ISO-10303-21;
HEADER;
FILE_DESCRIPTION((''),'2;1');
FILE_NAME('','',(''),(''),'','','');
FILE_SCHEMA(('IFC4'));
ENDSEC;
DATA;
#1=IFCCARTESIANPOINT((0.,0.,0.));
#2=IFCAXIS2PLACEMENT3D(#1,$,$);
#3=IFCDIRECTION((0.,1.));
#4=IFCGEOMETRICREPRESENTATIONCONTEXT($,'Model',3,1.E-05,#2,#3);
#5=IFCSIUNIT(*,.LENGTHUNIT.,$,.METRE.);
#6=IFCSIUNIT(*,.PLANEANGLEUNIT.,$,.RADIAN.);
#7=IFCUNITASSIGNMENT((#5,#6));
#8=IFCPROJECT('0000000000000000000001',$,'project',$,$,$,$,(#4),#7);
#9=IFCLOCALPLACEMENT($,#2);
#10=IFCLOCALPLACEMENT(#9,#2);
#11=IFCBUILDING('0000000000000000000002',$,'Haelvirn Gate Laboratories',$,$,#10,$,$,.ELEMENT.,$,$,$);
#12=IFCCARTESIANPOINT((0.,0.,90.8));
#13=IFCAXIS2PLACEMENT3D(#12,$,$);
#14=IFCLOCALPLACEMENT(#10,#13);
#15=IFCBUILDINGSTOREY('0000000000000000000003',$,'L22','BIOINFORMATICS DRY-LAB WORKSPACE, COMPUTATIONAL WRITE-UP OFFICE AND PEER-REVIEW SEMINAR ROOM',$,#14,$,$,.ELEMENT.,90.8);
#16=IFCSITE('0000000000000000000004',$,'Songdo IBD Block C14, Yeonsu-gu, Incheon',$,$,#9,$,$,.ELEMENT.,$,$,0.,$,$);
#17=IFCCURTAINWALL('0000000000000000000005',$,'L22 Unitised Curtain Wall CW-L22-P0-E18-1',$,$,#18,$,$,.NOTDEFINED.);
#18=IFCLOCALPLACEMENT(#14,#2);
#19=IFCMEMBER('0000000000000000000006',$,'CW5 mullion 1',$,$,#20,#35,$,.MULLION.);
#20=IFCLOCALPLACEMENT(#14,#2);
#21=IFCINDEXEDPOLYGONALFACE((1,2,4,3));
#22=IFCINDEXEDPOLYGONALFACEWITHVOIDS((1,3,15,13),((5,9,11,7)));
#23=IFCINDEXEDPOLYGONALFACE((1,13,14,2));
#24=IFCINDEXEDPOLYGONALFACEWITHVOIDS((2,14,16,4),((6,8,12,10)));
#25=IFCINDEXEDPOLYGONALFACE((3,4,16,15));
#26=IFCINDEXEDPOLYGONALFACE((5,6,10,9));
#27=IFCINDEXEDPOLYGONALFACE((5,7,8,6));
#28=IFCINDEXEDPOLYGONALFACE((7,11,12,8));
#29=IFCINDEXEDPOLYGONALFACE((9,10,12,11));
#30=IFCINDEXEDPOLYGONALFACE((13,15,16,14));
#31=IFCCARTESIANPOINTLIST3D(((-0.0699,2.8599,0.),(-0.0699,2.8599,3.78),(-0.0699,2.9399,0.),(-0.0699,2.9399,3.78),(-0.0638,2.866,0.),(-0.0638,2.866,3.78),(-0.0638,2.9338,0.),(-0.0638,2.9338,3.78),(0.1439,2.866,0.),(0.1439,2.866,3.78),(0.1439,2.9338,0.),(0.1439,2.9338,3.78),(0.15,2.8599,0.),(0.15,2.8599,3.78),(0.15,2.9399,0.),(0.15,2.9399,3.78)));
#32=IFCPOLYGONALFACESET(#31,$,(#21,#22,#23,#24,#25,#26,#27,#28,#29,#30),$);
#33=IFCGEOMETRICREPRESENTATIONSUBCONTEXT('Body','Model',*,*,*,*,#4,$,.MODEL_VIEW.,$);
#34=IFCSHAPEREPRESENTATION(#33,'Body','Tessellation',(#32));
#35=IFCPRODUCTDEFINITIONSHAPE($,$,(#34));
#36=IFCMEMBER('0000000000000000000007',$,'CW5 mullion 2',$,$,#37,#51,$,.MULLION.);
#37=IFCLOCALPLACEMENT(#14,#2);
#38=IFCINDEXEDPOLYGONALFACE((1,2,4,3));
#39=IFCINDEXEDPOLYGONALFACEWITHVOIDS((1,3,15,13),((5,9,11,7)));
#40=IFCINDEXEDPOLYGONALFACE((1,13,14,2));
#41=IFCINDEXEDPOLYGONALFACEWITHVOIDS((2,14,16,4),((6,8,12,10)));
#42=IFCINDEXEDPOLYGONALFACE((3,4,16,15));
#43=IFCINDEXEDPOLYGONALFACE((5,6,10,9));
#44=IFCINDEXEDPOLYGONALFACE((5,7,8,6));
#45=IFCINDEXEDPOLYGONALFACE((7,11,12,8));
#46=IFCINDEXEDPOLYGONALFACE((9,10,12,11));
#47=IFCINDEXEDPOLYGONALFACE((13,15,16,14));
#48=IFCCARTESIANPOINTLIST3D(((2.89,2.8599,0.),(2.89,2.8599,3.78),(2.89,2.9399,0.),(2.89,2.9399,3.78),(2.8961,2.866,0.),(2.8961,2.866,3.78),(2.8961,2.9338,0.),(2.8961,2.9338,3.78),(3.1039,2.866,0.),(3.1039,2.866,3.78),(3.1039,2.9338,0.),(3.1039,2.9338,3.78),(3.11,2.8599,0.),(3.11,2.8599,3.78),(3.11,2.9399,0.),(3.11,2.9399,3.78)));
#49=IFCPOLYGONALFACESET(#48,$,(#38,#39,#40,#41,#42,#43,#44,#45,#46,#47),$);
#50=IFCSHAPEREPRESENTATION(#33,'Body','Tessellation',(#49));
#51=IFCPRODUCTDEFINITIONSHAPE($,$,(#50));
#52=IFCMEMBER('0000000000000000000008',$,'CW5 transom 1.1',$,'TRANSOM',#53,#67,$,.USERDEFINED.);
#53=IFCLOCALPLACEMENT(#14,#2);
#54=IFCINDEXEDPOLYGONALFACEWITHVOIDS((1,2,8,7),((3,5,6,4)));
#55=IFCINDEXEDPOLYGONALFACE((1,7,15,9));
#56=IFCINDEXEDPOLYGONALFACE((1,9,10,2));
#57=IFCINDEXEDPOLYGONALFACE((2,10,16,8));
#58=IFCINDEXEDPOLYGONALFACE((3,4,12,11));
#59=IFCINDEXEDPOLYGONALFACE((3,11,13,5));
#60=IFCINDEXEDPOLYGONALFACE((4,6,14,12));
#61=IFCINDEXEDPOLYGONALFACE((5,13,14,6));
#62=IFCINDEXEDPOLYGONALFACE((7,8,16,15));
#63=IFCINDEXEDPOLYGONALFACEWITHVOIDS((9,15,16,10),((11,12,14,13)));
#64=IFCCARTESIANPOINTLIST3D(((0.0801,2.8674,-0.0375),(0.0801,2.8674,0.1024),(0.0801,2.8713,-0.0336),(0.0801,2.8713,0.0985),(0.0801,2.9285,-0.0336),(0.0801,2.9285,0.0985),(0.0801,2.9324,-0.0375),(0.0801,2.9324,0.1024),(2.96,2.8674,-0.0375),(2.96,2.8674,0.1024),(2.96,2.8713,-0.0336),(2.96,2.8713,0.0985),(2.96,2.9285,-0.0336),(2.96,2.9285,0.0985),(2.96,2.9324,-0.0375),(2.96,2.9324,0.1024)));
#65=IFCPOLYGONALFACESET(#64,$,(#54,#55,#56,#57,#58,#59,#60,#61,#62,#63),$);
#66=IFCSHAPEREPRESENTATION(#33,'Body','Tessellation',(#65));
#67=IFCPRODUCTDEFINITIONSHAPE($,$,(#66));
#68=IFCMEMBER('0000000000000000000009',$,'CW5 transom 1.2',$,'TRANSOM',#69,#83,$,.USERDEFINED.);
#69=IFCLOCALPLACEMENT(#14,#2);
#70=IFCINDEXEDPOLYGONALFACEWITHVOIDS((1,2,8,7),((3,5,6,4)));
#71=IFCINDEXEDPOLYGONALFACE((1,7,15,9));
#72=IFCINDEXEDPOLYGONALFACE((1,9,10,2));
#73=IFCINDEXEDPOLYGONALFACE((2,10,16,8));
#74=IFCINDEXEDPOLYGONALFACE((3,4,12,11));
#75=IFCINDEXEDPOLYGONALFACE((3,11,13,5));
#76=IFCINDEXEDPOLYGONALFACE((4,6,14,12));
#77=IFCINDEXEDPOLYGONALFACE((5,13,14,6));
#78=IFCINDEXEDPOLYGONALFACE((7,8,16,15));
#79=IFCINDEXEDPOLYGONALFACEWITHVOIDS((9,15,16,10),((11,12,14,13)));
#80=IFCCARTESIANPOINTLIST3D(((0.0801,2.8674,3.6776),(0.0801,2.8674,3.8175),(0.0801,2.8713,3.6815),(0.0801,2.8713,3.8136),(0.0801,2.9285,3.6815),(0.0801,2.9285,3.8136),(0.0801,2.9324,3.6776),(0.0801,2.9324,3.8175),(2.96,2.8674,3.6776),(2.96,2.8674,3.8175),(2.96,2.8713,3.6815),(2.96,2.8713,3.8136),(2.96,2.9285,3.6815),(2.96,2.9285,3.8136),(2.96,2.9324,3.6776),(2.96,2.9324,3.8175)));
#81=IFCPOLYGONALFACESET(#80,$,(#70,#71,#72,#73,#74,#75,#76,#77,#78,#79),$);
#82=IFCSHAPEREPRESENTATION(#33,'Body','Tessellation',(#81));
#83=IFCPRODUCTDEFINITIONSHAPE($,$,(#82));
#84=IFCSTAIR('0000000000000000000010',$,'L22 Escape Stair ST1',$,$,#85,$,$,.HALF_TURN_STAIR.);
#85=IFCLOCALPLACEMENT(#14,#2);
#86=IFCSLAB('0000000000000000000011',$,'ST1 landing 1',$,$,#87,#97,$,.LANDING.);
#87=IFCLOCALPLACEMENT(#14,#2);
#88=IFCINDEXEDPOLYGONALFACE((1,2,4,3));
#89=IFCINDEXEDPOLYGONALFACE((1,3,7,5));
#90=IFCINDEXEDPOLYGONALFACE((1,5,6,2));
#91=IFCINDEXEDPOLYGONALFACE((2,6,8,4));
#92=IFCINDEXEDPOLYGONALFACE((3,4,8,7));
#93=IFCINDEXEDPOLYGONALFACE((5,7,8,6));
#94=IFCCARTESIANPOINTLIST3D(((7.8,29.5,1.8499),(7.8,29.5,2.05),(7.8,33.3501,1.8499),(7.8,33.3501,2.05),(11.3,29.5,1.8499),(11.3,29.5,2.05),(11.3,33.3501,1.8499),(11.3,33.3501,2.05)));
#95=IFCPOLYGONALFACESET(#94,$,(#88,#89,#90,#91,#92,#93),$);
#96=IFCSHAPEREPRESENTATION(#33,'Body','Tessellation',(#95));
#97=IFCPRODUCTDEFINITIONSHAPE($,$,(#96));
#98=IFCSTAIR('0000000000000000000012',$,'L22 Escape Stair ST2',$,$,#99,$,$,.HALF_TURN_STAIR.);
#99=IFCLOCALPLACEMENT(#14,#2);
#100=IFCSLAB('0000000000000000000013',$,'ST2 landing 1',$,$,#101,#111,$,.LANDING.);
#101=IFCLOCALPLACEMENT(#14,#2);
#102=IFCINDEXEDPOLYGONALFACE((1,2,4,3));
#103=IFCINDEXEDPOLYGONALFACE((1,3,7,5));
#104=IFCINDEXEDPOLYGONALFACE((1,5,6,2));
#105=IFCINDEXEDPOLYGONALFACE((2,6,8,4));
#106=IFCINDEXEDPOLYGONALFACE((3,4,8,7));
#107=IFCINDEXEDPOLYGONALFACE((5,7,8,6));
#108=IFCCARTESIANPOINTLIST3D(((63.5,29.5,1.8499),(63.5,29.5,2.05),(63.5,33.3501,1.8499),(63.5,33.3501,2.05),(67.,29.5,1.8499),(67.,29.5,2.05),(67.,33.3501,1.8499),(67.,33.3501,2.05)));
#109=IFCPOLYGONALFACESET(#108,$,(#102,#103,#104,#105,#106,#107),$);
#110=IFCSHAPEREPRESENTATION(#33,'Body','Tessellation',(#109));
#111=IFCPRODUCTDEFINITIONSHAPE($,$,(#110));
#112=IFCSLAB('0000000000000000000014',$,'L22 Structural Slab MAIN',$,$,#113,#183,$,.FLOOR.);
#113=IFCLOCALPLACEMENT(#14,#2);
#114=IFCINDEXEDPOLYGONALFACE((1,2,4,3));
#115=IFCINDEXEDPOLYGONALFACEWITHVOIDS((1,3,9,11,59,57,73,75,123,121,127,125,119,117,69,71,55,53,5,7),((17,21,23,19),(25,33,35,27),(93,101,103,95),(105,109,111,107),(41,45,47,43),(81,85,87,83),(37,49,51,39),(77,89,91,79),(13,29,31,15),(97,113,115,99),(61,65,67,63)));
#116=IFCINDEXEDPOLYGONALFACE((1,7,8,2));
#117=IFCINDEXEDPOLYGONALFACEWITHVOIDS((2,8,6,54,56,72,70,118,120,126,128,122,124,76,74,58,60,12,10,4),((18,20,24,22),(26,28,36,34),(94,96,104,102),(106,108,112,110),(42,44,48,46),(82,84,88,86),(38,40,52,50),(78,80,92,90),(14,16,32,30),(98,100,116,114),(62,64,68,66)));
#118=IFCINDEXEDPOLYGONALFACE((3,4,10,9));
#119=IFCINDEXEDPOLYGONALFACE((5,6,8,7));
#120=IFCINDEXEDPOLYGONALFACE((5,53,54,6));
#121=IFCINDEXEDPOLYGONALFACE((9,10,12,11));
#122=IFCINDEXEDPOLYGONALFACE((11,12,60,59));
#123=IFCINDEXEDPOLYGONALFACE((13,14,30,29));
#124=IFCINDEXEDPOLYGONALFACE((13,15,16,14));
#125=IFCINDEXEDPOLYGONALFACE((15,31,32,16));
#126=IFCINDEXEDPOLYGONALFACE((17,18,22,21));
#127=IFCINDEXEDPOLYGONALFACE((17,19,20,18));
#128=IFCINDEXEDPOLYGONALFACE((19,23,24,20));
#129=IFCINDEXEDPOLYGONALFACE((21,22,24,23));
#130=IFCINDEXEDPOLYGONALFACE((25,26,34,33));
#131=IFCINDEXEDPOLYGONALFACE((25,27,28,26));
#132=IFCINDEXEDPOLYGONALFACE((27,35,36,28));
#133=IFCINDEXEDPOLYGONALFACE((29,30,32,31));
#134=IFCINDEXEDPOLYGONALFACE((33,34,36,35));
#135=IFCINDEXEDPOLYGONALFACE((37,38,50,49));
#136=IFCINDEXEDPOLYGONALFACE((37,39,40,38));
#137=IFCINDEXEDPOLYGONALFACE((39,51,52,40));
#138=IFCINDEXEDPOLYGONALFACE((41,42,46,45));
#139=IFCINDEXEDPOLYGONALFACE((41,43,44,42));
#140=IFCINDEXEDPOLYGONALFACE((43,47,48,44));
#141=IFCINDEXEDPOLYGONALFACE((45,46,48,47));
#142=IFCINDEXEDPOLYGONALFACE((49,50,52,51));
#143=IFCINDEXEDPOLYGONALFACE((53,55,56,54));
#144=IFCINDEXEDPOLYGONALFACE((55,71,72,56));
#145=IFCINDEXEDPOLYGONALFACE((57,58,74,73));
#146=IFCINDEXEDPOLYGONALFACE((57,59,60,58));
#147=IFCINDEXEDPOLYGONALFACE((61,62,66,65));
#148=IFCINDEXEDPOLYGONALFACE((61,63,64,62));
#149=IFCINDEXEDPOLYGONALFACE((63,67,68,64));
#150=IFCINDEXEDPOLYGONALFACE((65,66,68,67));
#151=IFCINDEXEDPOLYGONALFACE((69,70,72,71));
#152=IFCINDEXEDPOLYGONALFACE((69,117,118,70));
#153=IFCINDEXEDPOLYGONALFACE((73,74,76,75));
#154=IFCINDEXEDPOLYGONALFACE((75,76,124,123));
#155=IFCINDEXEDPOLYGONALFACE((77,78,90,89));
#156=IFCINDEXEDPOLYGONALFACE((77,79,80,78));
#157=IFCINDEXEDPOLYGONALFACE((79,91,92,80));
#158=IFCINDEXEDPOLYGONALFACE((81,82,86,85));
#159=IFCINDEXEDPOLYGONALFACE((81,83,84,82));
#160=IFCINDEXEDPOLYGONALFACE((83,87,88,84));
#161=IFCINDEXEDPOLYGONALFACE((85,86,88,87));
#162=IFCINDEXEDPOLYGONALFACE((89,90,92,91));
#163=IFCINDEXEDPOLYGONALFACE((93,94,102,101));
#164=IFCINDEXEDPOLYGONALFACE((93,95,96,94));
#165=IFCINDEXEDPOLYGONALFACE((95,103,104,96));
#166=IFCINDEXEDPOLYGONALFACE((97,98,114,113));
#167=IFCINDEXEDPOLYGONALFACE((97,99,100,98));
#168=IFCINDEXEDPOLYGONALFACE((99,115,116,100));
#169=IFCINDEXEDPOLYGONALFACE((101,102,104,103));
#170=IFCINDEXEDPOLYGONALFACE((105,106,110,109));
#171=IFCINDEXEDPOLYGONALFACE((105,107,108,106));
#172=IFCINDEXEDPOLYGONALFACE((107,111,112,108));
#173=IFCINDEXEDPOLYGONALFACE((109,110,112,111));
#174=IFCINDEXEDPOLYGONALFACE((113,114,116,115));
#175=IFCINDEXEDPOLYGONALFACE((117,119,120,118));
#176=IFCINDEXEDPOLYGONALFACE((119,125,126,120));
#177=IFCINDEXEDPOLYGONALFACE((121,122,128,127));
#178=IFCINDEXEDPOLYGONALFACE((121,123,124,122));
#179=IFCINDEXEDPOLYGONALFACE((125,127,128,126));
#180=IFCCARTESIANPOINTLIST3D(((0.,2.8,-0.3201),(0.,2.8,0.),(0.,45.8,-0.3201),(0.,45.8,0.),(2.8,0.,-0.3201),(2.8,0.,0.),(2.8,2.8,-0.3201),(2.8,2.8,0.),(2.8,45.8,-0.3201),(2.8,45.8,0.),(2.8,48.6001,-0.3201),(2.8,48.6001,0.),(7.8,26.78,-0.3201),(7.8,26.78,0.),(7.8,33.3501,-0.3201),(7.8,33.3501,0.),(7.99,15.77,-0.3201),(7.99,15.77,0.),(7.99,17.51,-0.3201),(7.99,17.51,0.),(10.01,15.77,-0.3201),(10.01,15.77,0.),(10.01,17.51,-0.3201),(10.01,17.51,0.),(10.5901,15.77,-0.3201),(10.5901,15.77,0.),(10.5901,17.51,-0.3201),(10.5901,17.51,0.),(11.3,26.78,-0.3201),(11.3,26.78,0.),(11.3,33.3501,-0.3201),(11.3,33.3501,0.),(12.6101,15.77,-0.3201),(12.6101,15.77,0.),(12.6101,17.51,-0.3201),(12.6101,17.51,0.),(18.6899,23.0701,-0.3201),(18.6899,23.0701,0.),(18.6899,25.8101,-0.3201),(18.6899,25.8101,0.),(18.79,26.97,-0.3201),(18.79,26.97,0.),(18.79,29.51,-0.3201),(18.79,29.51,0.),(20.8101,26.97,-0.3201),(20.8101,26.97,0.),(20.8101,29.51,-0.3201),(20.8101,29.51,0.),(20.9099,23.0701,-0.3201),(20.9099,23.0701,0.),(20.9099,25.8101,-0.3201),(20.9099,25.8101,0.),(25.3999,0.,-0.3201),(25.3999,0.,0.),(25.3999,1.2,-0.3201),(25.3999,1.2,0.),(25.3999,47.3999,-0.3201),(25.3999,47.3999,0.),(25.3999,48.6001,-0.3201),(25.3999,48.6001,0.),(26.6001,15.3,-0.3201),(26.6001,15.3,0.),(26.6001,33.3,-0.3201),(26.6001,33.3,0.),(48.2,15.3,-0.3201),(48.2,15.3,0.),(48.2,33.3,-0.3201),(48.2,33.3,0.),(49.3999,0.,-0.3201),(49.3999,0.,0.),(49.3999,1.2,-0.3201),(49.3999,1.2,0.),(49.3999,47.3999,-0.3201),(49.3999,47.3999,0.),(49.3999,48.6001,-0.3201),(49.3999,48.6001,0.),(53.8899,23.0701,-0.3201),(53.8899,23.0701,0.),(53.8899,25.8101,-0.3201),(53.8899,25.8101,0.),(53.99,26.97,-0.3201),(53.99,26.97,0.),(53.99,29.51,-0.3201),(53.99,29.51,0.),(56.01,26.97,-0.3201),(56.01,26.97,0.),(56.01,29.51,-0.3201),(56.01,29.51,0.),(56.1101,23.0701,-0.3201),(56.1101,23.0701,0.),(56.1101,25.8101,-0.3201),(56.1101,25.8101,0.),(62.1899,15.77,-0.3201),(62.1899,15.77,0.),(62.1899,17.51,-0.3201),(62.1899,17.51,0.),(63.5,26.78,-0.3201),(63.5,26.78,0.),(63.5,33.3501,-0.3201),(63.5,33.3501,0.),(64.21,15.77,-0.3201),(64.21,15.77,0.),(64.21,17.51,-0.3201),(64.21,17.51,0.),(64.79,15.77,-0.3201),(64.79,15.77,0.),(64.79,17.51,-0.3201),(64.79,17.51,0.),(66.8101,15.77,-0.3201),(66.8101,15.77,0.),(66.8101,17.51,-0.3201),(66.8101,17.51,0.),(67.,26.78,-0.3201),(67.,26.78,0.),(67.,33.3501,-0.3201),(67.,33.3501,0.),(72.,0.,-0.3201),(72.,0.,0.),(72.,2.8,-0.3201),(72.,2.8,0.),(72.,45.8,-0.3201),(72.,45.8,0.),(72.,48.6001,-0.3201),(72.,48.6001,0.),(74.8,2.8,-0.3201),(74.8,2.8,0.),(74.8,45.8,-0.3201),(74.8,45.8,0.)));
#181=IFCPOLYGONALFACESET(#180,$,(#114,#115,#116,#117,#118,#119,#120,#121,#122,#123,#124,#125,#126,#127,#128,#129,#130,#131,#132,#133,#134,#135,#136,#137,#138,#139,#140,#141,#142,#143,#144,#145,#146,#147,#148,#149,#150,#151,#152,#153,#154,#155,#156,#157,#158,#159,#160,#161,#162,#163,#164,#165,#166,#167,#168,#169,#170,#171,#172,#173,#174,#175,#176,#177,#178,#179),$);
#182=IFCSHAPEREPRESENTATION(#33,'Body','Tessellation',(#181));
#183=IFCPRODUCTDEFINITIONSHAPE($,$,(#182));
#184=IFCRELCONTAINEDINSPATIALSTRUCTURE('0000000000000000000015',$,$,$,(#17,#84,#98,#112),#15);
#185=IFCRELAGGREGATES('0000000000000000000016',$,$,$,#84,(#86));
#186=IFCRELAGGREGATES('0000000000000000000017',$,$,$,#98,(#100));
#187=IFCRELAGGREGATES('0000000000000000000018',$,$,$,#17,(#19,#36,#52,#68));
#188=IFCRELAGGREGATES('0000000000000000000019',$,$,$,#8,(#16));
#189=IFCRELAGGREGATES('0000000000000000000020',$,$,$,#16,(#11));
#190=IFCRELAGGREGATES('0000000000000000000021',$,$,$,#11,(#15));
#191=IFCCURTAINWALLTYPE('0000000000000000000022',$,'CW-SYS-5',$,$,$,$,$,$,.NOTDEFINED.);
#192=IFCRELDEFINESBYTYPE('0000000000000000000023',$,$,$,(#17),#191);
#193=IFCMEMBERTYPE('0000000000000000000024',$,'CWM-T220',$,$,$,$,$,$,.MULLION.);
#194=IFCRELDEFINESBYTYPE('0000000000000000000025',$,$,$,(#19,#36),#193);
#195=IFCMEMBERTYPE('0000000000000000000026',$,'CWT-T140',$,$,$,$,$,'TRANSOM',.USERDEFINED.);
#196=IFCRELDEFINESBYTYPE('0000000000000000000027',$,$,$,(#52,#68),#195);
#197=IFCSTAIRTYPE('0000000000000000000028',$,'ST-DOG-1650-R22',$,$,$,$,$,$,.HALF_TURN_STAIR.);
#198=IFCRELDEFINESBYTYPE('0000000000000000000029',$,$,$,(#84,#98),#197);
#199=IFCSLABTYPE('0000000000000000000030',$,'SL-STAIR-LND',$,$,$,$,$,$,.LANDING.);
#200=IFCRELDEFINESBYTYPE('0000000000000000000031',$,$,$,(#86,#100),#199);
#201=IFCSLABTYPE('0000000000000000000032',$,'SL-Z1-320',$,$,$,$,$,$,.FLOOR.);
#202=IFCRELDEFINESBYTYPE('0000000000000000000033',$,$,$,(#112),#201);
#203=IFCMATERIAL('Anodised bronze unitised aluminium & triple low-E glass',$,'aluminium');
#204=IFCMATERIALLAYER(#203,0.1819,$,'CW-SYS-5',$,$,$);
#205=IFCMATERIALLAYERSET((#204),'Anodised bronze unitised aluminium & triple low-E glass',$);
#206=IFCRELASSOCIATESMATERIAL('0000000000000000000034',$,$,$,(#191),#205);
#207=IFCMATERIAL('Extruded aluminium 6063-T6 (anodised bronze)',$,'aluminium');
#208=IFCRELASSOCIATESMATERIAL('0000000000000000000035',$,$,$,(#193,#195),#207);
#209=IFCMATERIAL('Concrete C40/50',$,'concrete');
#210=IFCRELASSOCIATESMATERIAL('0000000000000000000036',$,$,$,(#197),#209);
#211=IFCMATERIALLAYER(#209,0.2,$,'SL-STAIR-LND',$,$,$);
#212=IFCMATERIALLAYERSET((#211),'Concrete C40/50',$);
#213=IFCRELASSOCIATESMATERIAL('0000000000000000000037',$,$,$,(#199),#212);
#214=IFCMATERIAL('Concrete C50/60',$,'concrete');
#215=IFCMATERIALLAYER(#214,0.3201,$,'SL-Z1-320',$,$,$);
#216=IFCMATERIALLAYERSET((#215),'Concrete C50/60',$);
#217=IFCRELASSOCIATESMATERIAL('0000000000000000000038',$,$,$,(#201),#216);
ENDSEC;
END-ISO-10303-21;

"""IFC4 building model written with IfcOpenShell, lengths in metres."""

from ifc_helpers import new_model, si_unit, direction, frame, origin, origin_2d, place, context, subcontext, project, spatial, polyline, hollow_rectangle, outline, extrude, source, transform, mapped, material, layer, layer_set, material_profile, profile_set, type_object, type_shapes, element, aggregate, save


model = new_model("IFC4")

# Units and contexts
model_context = context("Model", 3, precision=1e-05, world=origin(), true_north=direction((0.0, 1.0)))
body_context = subcontext(model_context, "Body", "Model", "MODEL_VIEW")
ifc_project = project(units=[si_unit("LENGTHUNIT", "METRE"), si_unit("PLANEANGLEUNIT", "RADIAN")], contexts=[model_context])

# Site, building, storey
site_placement = place(None, origin())
site = spatial("IfcSite", under=ifc_project, at=site_placement, Name="Songdo IBD Block C14, Yeonsu-gu, Incheon", CompositionType="ELEMENT", RefElevation=0.0)
building_placement = place(site_placement, origin())
building = spatial("IfcBuilding", under=site, at=building_placement, Name="Haelvirn Gate Laboratories", CompositionType="ELEMENT")
storey_placement = place(building_placement, frame((0.0, 0.0, 90.8)))
storey = spatial("IfcBuildingStorey", under=building, at=storey_placement, Name="L22", Description="BIOINFORMATICS DRY-LAB WORKSPACE, COMPUTATIONAL WRITE-UP OFFICE AND PEER-REVIEW SEMINAR ROOM", CompositionType="ELEMENT", Elevation=90.8)

# Shared definitions
ifc_material_1 = material(Name="Anodised bronze unitised aluminium & triple low-E glass", Category="aluminium")
ifc_material_2 = material(Name="Extruded aluminium 6063-T6 (anodised bronze)", Category="aluminium")

# Curtain wall, members
ifc_layer_1 = layer(ifc_material_1, 0.1819, Name="CW-SYS-5")
ifc_layer_set_1 = layer_set([ifc_layer_1], Name="Anodised bronze unitised aluminium & triple low-E glass")
curtain_wall_type_1 = type_object("IfcCurtainWallType", Name="CW-SYS-5", PredefinedType="NOTDEFINED", material=ifc_layer_set_1)
curtain_wall_1_placement = place(storey_placement, origin())
curtain_wall_1 = element("IfcCurtainWall", 1, at=curtain_wall_1_placement, inside=storey, type_object=curtain_wall_type_1, Name="L22 Unitised Curtain Wall CW-L22-P0-E18-1", PredefinedType="NOTDEFINED")
ifc_material_profile_1 = material_profile(ifc_material_2, hollow_rectangle(XDim=0.0801, YDim=0.22, WallThickness=0.0061, at=origin_2d()), Name="CWM-220x80x6")
ifc_profile_set_1 = profile_set([ifc_material_profile_1], Name="Extruded aluminium 6063-T6 (anodised bronze)")
member_type_1 = type_object("IfcMemberType", Name="CWM-T220", PredefinedType="MULLION", material=ifc_profile_set_1)
shared_shape_1 = source(origin(), body_context, "Body", "SweptSolid", [
    extrude(hollow_rectangle(XDim=0.0801, YDim=0.22, WallThickness=0.0061, at=origin_2d()), origin(), (0.0, 0.0, 1.0), 3.78),
])
type_shapes(member_type_1, [shared_shape_1])
member_1_placement = place(storey_placement, frame((0.04, 2.8999, 0.0), z_axis=(0.0, 0.0, 1.0), x_axis=(0.0, 1.0, 0.0)))
member_1 = element("IfcMember", 2, at=member_1_placement, type_object=member_type_1, Name="CW5 mullion 1", PredefinedType="MULLION", context=body_context, shape_type="MappedRepresentation", body=[
    mapped(shared_shape_1, transform((0.0, 0.0, 0.0), scale=1.0)),
])
member_2_placement = place(storey_placement, frame((3.0, 2.8999, 0.0), z_axis=(0.0, 0.0, 1.0), x_axis=(0.0, 1.0, 0.0)))
member_2 = element("IfcMember", 3, at=member_2_placement, type_object=member_type_1, Name="CW5 mullion 2", PredefinedType="MULLION", context=body_context, shape_type="MappedRepresentation", body=[
    mapped(shared_shape_1, transform((0.0, 0.0, 0.0), scale=1.0)),
])
ifc_material_profile_2 = material_profile(ifc_material_2, hollow_rectangle(XDim=0.0649, YDim=0.1399, WallThickness=0.0039, at=origin_2d()), Name="CWT-140x65x4")
ifc_profile_set_2 = profile_set([ifc_material_profile_2], Name="Extruded aluminium 6063-T6 (anodised bronze)")
member_type_2 = type_object("IfcMemberType", Name="CWT-T140", ElementType="TRANSOM", PredefinedType="USERDEFINED", material=ifc_profile_set_2)
shared_shape_2 = source(origin(), body_context, "Body", "SweptSolid", [
    extrude(hollow_rectangle(XDim=0.0649, YDim=0.1399, WallThickness=0.0039, at=origin_2d()), origin(), (0.0, 0.0, 1.0), 2.8799),
])
type_shapes(member_type_2, [shared_shape_2])
member_3_placement = place(storey_placement, frame((0.0801, 2.8999, 0.0325), z_axis=(1.0, 0.0, 0.0), x_axis=(0.0, 1.0, 0.0)))
member_3 = element("IfcMember", 4, at=member_3_placement, type_object=member_type_2, Name="CW5 transom 1.1", ObjectType="TRANSOM", PredefinedType="USERDEFINED", context=body_context, shape_type="MappedRepresentation", body=[
    mapped(shared_shape_2, transform((0.0, 0.0, 0.0), scale=1.0)),
])
member_4_placement = place(storey_placement, frame((0.0801, 2.8999, 3.7476), z_axis=(1.0, 0.0, 0.0), x_axis=(0.0, 1.0, 0.0)))
member_4 = element("IfcMember", 5, at=member_4_placement, type_object=member_type_2, Name="CW5 transom 1.2", ObjectType="TRANSOM", PredefinedType="USERDEFINED", context=body_context, shape_type="MappedRepresentation", body=[
    mapped(shared_shape_2, transform((0.0, 0.0, 0.0), scale=1.0)),
])

# Stairs, slabs
ifc_material_3 = material(Name="Concrete C40/50", Category="concrete")
stair_type = type_object("IfcStairType", Name="ST-DOG-1650-R22", PredefinedType="HALF_TURN_STAIR", material=ifc_material_3)
stair_1_placement = place(storey_placement, origin())
stair_1 = element("IfcStair", 6, at=stair_1_placement, inside=storey, type_object=stair_type, Name="L22 Escape Stair ST1", PredefinedType="HALF_TURN_STAIR")
ifc_layer_2 = layer(ifc_material_3, 0.2, Name="SL-STAIR-LND")
ifc_layer_set_2 = layer_set([ifc_layer_2], Name="Concrete C40/50")
slab_type_1 = type_object("IfcSlabType", Name="SL-STAIR-LND", PredefinedType="LANDING", material=ifc_layer_set_2)
slab_1_placement = place(storey_placement, frame((0.0, 0.0, 1.8499)))
slab_1 = element("IfcSlab", 7, at=slab_1_placement, type_object=slab_type_1, Name="ST1 landing 1", PredefinedType="LANDING", context=body_context, shape_type="SweptSolid", body=[
    extrude(outline(polyline([(11.3, 29.5), (11.3, 33.3501), (7.8, 33.3501), (7.8, 29.5), (11.3, 29.5)])), origin(), (0.0, 0.0, 1.0), 0.2002),
])
aggregate(stair_1, [slab_1])
stair_2_placement = place(storey_placement, origin())
stair_2 = element("IfcStair", 8, at=stair_2_placement, inside=storey, type_object=stair_type, Name="L22 Escape Stair ST2", PredefinedType="HALF_TURN_STAIR")
slab_2_placement = place(storey_placement, frame((0.0, 0.0, 1.8499)))
slab_2 = element("IfcSlab", 9, at=slab_2_placement, type_object=slab_type_1, Name="ST2 landing 1", PredefinedType="LANDING", context=body_context, shape_type="SweptSolid", body=[
    extrude(outline(polyline([(67.0, 29.5), (67.0, 33.3501), (63.5, 33.3501), (63.5, 29.5), (67.0, 29.5)])), origin(), (0.0, 0.0, 1.0), 0.2002),
])
aggregate(stair_2, [slab_2])

# Slab
ifc_material_4 = material(Name="Concrete C50/60", Category="concrete")
ifc_layer_3 = layer(ifc_material_4, 0.3201, Name="SL-Z1-320")
ifc_layer_set_3 = layer_set([ifc_layer_3], Name="Concrete C50/60")
slab_type_2 = type_object("IfcSlabType", Name="SL-Z1-320", PredefinedType="FLOOR", material=ifc_layer_set_3)
slab_3_placement = place(storey_placement, frame((0.0, 0.0, -0.3201)))
element("IfcSlab", 10, at=slab_3_placement, inside=storey, type_object=slab_type_2, Name="L22 Structural Slab MAIN", PredefinedType="FLOOR", context=body_context, shape_type="SweptSolid", body=[
    extrude(outline(polyline([(2.8, 0.0), (25.3999, 0.0), (25.3999, 1.2), (49.3999, 1.2), (49.3999, 0.0), (72.0, 0.0), (72.0, 2.8), (74.8, 2.8), (74.8, 45.8), (72.0, 45.8), (72.0, 48.6001), (49.3999, 48.6001), (49.3999, 47.3999), (25.3999, 47.3999), (25.3999, 48.6001), (2.8, 48.6001), (2.8, 45.8), (0.0, 45.8), (0.0, 2.8), (2.8, 2.8), (2.8, 0.0)]), holes=[polyline([(26.6001, 15.3), (48.2, 15.3), (48.2, 33.3), (26.6001, 33.3), (26.6001, 15.3)]), polyline([(11.3, 26.78), (11.3, 33.3501), (7.8, 33.3501), (7.8, 26.78), (11.3, 26.78)]), polyline([(67.0, 26.78), (67.0, 33.3501), (63.5, 33.3501), (63.5, 26.78), (67.0, 26.78)]), polyline([(7.99, 15.77), (10.01, 15.77), (10.01, 17.51), (7.99, 17.51), (7.99, 15.77)]), polyline([(10.5901, 15.77), (12.6101, 15.77), (12.6101, 17.51), (10.5901, 17.51), (10.5901, 15.77)]), polyline([(18.79, 26.97), (20.8101, 26.97), (20.8101, 29.51), (18.79, 29.51), (18.79, 26.97)]), polyline([(18.6899, 23.0701), (20.9099, 23.0701), (20.9099, 25.8101), (18.6899, 25.8101), (18.6899, 23.0701)]), polyline([(64.79, 15.77), (66.8101, 15.77), (66.8101, 17.51), (64.79, 17.51), (64.79, 15.77)]), polyline([(62.1899, 15.77), (64.21, 15.77), (64.21, 17.51), (62.1899, 17.51), (62.1899, 15.77)]), polyline([(53.99, 26.97), (56.01, 26.97), (56.01, 29.51), (53.99, 29.51), (53.99, 26.97)]), polyline([(53.8899, 23.0701), (56.1101, 23.0701), (56.1101, 25.8101), (53.8899, 25.8101), (53.8899, 23.0701)])]), origin(), (0.0, 0.0, 1.0), 0.3201),
])

aggregate(curtain_wall_1, [member_1, member_2, member_3, member_4])

save(model, "model.ifc")
